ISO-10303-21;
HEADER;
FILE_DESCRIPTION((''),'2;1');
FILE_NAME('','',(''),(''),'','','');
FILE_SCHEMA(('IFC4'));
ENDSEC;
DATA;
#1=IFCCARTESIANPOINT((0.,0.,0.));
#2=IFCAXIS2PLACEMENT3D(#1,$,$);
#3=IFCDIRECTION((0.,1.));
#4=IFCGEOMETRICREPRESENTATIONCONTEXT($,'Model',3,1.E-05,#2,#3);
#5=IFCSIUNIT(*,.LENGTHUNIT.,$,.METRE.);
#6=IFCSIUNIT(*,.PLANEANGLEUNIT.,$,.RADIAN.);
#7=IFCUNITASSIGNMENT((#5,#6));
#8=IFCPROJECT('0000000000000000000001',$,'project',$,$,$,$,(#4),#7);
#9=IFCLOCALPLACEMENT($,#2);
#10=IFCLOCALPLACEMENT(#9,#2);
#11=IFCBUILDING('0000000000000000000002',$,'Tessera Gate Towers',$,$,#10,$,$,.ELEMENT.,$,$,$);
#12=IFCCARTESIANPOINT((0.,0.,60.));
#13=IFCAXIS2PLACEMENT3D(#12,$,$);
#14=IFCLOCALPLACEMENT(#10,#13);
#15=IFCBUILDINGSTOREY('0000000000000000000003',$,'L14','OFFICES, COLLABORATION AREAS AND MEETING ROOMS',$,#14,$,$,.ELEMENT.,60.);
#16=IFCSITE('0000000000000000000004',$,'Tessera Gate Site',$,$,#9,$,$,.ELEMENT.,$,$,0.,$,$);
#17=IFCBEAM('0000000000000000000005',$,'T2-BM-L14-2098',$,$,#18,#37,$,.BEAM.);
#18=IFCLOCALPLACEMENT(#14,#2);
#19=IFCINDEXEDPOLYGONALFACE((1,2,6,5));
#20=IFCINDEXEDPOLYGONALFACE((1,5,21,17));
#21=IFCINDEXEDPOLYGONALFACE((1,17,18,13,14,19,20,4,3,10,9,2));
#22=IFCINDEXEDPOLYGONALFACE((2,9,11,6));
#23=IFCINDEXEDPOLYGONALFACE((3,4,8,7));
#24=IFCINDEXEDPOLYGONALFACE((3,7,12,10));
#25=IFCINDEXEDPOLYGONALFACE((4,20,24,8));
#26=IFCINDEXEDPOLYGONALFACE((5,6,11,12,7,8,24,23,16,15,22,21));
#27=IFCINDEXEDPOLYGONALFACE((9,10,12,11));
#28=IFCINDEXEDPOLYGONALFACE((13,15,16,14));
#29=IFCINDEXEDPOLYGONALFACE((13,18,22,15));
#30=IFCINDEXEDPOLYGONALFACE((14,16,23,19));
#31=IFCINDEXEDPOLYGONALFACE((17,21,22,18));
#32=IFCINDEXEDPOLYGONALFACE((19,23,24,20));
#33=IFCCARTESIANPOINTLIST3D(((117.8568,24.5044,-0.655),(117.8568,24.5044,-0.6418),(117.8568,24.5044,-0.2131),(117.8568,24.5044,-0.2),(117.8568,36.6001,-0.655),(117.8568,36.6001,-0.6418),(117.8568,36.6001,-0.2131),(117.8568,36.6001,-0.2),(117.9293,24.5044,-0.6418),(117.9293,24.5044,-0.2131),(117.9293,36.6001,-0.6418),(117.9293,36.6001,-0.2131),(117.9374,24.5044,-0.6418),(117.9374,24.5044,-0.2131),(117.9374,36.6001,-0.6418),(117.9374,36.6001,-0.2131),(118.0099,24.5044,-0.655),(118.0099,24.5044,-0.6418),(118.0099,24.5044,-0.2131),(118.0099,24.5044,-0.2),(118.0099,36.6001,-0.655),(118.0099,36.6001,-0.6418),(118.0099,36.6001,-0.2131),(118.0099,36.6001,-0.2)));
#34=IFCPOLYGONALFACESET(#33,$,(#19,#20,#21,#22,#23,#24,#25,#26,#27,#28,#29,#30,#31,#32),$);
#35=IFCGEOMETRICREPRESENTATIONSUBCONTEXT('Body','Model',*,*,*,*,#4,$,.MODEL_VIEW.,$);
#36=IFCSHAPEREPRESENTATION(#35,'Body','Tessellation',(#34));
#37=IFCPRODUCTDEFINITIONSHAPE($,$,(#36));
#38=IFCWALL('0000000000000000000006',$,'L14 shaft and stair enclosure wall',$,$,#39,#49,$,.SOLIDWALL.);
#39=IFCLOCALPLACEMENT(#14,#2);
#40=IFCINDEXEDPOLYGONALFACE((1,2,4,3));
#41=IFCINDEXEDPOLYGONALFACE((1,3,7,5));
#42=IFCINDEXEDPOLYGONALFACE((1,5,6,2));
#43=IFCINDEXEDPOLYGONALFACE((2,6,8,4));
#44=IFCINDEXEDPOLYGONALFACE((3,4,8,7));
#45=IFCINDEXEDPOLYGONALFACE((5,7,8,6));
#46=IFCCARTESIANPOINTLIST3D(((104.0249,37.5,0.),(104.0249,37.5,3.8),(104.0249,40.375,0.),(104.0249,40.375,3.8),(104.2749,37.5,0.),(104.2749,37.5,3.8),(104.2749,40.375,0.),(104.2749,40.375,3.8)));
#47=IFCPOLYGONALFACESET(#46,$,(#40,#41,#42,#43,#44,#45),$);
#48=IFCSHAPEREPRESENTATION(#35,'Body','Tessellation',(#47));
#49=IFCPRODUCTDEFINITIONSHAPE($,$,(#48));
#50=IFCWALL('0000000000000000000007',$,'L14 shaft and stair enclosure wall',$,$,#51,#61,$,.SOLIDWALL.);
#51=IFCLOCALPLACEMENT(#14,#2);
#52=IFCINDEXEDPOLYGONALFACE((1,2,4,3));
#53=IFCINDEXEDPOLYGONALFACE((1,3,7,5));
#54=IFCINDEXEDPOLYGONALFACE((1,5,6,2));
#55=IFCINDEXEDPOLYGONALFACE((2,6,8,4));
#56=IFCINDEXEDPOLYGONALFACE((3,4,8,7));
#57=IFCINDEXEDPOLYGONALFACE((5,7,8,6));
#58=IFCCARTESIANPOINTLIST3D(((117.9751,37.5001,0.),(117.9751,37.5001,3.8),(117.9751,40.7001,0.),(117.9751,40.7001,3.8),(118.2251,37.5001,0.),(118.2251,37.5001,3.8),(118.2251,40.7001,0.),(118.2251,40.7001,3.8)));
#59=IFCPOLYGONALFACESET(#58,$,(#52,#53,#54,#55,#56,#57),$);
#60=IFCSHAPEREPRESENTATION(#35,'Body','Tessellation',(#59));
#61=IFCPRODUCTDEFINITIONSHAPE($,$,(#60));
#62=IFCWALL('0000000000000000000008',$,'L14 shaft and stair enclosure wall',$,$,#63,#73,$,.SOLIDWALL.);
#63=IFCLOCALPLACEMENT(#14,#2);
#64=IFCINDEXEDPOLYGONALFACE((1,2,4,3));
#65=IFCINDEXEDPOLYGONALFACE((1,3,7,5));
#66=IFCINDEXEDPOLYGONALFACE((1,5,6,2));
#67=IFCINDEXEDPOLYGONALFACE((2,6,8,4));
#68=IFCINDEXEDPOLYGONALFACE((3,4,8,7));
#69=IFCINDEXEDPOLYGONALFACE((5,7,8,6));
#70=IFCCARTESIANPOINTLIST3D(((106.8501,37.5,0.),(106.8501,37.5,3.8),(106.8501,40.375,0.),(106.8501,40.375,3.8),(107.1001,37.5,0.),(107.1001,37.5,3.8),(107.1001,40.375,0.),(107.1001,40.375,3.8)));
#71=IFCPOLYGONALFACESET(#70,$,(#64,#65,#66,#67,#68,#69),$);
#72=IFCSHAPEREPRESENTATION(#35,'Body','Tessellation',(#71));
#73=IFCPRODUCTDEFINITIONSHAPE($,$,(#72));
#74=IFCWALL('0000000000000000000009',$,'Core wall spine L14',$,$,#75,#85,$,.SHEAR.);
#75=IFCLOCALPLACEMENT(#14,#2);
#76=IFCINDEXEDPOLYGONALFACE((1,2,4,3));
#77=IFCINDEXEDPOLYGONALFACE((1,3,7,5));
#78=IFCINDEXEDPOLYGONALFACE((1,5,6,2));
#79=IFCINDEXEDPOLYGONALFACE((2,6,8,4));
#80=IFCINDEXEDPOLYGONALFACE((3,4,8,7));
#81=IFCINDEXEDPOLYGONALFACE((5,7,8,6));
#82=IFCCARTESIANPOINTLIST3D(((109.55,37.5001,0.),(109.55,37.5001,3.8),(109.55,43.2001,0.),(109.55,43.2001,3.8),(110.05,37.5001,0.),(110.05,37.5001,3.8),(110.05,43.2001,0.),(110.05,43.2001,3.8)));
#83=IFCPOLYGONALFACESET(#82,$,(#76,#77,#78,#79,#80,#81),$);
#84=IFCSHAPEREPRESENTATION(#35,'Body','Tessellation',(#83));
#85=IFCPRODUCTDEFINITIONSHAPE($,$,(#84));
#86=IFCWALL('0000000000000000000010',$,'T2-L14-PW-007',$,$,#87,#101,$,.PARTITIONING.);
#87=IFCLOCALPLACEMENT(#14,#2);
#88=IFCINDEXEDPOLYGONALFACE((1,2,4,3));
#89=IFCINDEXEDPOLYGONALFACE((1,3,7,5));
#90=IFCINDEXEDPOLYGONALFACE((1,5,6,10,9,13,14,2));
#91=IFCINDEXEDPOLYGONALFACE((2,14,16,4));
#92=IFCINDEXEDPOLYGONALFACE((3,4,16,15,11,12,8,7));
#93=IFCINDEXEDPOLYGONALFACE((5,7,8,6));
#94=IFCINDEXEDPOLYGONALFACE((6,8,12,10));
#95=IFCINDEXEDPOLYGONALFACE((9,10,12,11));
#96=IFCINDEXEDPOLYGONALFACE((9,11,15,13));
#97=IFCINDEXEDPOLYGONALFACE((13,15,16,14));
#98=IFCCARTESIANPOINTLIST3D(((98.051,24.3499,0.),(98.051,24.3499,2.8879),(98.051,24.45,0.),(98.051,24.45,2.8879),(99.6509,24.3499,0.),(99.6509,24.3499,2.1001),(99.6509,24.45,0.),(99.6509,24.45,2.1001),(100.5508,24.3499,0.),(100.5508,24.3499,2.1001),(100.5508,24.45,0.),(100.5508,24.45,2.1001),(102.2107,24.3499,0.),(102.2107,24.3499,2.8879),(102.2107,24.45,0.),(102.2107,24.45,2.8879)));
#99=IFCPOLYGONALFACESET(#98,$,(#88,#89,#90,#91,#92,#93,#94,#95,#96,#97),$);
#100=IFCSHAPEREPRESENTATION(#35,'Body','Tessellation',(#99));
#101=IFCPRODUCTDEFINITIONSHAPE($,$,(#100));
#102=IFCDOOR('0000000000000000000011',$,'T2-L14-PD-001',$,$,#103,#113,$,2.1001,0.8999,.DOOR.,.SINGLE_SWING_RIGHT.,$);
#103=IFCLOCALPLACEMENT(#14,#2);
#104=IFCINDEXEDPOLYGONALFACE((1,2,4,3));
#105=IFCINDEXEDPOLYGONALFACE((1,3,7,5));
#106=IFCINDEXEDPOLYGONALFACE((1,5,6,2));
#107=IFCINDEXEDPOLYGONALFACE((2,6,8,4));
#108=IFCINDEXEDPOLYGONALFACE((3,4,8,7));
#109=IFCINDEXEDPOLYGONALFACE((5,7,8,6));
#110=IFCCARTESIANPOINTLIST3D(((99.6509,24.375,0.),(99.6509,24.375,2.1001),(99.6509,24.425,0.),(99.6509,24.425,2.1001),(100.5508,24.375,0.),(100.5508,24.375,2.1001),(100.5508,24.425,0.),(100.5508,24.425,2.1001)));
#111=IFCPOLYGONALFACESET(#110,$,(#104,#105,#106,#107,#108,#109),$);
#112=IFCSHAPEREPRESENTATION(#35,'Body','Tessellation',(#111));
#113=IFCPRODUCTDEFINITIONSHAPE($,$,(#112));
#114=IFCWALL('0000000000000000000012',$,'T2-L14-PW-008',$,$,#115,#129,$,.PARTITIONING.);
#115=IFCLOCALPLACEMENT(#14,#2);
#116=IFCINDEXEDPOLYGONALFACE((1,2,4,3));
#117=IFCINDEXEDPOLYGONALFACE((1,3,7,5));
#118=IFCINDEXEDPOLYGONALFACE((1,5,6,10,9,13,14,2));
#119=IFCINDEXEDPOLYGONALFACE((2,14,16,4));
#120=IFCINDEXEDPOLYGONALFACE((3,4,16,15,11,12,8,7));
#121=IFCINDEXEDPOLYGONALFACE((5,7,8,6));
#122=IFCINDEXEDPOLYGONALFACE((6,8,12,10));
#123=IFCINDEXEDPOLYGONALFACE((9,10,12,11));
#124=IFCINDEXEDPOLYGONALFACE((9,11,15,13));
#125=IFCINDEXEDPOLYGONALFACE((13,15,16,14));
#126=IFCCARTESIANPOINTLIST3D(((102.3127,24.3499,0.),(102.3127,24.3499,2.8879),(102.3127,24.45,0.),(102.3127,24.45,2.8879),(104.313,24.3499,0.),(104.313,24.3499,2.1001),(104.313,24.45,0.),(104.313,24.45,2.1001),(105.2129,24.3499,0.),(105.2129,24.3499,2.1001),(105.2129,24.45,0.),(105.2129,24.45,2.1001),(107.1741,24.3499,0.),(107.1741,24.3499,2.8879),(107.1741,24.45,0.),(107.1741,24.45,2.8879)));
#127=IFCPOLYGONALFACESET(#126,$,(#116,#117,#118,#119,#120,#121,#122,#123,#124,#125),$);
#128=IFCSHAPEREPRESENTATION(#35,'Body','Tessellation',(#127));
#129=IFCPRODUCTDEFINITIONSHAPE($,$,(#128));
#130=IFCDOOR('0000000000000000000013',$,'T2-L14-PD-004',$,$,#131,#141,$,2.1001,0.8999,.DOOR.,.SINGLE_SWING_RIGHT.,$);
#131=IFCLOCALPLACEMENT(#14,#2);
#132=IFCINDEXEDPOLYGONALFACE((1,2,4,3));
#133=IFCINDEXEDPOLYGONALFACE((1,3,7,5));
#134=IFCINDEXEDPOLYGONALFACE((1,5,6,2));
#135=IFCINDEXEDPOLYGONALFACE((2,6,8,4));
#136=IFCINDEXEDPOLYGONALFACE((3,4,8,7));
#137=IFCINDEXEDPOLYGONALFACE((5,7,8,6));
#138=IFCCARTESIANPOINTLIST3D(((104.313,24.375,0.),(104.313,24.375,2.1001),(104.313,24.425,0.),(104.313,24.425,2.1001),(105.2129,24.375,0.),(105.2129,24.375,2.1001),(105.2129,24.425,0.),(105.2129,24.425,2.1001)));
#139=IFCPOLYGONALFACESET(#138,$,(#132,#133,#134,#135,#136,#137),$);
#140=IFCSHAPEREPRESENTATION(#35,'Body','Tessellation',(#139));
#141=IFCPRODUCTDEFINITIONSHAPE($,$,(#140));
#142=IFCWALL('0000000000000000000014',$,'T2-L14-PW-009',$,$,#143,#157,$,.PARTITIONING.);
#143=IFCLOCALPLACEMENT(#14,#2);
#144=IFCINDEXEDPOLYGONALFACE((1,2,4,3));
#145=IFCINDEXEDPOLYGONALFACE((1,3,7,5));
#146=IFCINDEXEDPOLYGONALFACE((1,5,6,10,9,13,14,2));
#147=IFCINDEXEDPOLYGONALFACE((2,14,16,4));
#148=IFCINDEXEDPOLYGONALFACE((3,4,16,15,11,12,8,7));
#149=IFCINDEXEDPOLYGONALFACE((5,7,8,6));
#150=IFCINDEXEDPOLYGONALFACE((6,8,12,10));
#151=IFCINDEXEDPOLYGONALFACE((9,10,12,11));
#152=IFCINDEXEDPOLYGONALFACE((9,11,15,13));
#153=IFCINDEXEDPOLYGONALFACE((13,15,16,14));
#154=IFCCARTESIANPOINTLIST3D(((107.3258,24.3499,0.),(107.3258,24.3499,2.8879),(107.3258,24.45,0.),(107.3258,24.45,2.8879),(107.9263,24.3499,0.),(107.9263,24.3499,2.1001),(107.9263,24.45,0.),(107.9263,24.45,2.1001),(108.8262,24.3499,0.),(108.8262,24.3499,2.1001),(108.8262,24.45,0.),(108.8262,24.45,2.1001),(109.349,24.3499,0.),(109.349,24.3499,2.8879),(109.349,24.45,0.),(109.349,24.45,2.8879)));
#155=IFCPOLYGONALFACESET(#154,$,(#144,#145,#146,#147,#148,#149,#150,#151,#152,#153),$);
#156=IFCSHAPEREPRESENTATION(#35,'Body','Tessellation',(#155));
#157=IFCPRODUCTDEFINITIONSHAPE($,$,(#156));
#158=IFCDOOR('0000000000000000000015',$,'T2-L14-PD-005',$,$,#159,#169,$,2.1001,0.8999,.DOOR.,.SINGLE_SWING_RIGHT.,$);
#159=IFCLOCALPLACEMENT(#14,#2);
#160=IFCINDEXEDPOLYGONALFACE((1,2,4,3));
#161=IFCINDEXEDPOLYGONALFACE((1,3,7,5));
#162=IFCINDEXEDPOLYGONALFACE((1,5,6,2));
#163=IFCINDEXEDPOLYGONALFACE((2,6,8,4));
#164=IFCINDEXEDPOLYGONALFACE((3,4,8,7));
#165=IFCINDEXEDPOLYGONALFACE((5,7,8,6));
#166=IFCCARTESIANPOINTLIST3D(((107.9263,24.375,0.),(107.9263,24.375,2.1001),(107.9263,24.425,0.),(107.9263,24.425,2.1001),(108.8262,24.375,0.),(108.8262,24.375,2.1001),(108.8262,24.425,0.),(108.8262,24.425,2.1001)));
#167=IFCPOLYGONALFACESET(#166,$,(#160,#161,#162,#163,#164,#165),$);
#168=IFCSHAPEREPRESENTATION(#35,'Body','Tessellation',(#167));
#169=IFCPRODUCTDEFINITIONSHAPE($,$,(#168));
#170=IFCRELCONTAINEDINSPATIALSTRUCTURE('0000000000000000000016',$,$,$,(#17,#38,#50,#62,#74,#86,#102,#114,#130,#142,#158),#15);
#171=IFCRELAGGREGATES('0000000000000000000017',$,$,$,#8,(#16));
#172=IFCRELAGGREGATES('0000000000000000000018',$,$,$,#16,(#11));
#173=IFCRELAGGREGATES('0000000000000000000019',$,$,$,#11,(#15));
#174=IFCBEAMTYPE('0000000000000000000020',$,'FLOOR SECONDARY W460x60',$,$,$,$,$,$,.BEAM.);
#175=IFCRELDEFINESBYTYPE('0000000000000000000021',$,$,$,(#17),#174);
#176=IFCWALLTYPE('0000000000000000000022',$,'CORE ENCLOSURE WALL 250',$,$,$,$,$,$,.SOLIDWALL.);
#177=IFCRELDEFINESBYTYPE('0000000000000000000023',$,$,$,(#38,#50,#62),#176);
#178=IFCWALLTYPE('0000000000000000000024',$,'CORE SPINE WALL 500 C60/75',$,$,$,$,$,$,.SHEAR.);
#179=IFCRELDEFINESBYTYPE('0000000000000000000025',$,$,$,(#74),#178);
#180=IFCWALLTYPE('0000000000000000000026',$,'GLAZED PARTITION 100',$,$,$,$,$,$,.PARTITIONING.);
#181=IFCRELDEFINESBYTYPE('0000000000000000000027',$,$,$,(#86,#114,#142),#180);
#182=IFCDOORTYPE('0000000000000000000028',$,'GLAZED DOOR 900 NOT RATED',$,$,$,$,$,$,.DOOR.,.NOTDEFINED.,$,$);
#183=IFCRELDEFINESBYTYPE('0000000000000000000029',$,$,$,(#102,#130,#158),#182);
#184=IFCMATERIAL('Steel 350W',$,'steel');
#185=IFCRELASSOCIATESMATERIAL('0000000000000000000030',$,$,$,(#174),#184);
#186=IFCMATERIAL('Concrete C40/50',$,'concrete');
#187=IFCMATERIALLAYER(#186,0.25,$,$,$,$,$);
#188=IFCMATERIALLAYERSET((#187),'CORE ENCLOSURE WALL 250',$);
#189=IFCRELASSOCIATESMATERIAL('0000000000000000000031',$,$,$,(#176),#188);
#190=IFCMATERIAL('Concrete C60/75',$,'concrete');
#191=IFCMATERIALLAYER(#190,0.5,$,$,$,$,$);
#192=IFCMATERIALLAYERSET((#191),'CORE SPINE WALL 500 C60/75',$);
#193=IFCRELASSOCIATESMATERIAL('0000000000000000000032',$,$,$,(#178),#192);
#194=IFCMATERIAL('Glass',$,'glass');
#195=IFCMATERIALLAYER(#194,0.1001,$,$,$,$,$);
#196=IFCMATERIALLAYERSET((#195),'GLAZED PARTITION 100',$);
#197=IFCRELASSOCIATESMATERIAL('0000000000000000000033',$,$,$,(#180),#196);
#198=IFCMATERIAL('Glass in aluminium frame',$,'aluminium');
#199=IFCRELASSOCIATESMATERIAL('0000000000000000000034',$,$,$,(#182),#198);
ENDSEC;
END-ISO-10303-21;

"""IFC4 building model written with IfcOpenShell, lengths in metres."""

from ifc_helpers import new_model, si_unit, direction, frame, frame_2d, origin, origin_2d, place, context, subcontext, project, spatial, rectangle, i_section, extrude, source, transform, mapped, material, layer, layer_set, material_profile, profile_set, type_object, element, fill, save


model = new_model("IFC4")

# Units and contexts
model_context = context("Model", 3, precision=1e-05, world=origin(), true_north=direction((0.0, 1.0)))
body_context = subcontext(model_context, "Body", "Model", "MODEL_VIEW")
ifc_project = project(units=[si_unit("LENGTHUNIT", "METRE"), si_unit("PLANEANGLEUNIT", "RADIAN")], contexts=[model_context])

# Site, building, storey
site_placement = place(None, origin())
site = spatial("IfcSite", under=ifc_project, at=site_placement, Name="Tessera Gate Site", CompositionType="ELEMENT", RefElevation=0.0)
building_placement = place(site_placement, origin())
building = spatial("IfcBuilding", under=site, at=building_placement, Name="Tessera Gate Towers", CompositionType="ELEMENT")
storey_placement = place(building_placement, frame((0.0, 0.0, 60.0)))
storey = spatial("IfcBuildingStorey", under=building, at=storey_placement, Name="L14", Description="OFFICES, COLLABORATION AREAS AND MEETING ROOMS", CompositionType="ELEMENT", Elevation=60.0)

# Beam
ifc_material_1 = material(Name="Steel 350W", Category="steel")
ifc_material_profile_1 = material_profile(ifc_material_1, i_section(OverallWidth=0.1531, OverallDepth=0.4551, WebThickness=0.0081, FlangeThickness=0.0132, at=origin_2d()), Name="W460x60")
ifc_profile_set_1 = profile_set([ifc_material_profile_1], Name="Steel 350W")
beam_type_1 = type_object("IfcBeamType", Name="FLOOR SECONDARY W460x60", PredefinedType="BEAM", material=ifc_profile_set_1)
beam_1_placement = place(storey_placement, frame((117.9333, 24.5044, -0.4275), z_axis=(0.0, 1.0, 0.0), x_axis=(-1.0, 0.0, 0.0)))
element("IfcBeam", 1, at=beam_1_placement, inside=storey, type_object=beam_type_1, Name="T2-BM-L14-2098", PredefinedType="BEAM", context=body_context, shape_type="SweptSolid", body=[
    extrude(i_section(OverallWidth=0.1531, OverallDepth=0.4551, WebThickness=0.0081, FlangeThickness=0.0132, at=origin_2d()), origin(), (0.0, 0.0, 1.0), 12.0957),
])

# Walls
ifc_material_2 = material(Name="Concrete C40/50", Category="concrete")
ifc_layer_1 = layer(ifc_material_2, 0.25)
ifc_layer_set_1 = layer_set([ifc_layer_1], Name="CORE ENCLOSURE WALL 250")
wall_type_1 = type_object("IfcWallType", Name="CORE ENCLOSURE WALL 250", PredefinedType="SOLIDWALL", material=ifc_layer_set_1)
wall_1_placement = place(storey_placement, frame((104.1499, 37.5, 0.0), z_axis=(0.0, 0.0, 1.0), x_axis=(0.0, 1.0, 0.0)))
element("IfcWall", 2, at=wall_1_placement, inside=storey, type_object=wall_type_1, Name="L14 shaft and stair enclosure wall", PredefinedType="SOLIDWALL", context=body_context, shape_type="SweptSolid", body=[
    extrude(rectangle(XDim=2.875, YDim=0.25, at=frame_2d((1.4375, 0.0))), origin(), (0.0, 0.0, 1.0), 3.8),
])
wall_2_placement = place(storey_placement, frame((118.1001, 37.5, 0.0), z_axis=(0.0, 0.0, 1.0), x_axis=(0.0, 1.0, 0.0)))
element("IfcWall", 3, at=wall_2_placement, inside=storey, type_object=wall_type_1, Name="L14 shaft and stair enclosure wall", PredefinedType="SOLIDWALL", context=body_context, shape_type="SweptSolid", body=[
    extrude(rectangle(XDim=3.2, YDim=0.25, at=frame_2d((1.6001, 0.0))), origin(), (0.0, 0.0, 1.0), 3.8),
])
wall_3_placement = place(storey_placement, frame((106.9751, 37.5, 0.0), z_axis=(0.0, 0.0, 1.0), x_axis=(0.0, 1.0, 0.0)))
element("IfcWall", 4, at=wall_3_placement, inside=storey, type_object=wall_type_1, Name="L14 shaft and stair enclosure wall", PredefinedType="SOLIDWALL", context=body_context, shape_type="SweptSolid", body=[
    extrude(rectangle(XDim=2.875, YDim=0.25, at=frame_2d((1.4375, 0.0))), origin(), (0.0, 0.0, 1.0), 3.8),
])
ifc_material_3 = material(Name="Concrete C60/75", Category="concrete")
ifc_layer_2 = layer(ifc_material_3, 0.5)
ifc_layer_set_2 = layer_set([ifc_layer_2], Name="CORE SPINE WALL 500 C60/75")
wall_type_2 = type_object("IfcWallType", Name="CORE SPINE WALL 500 C60/75", PredefinedType="SHEAR", material=ifc_layer_set_2)
wall_4_placement = place(storey_placement, frame((109.8, 37.5, 0.0), z_axis=(0.0, 0.0, 1.0), x_axis=(0.0, 1.0, 0.0)))
element("IfcWall", 5, at=wall_4_placement, inside=storey, type_object=wall_type_2, Name="Core wall spine L14", PredefinedType="SHEAR", context=body_context, shape_type="SweptSolid", body=[
    extrude(rectangle(XDim=5.7, YDim=0.5, at=frame_2d((2.8501, 0.0))), origin(), (0.0, 0.0, 1.0), 3.8),
])

# Walls, openings, doors
ifc_material_4 = material(Name="Glass", Category="glass")
ifc_layer_3 = layer(ifc_material_4, 0.1001)
ifc_layer_set_3 = layer_set([ifc_layer_3], Name="GLAZED PARTITION 100")
wall_type_3 = type_object("IfcWallType", Name="GLAZED PARTITION 100", PredefinedType="PARTITIONING", material=ifc_layer_set_3)
wall_5_placement = place(storey_placement, frame((102.2107, 24.3999, 0.0), z_axis=(0.0, 0.0, 1.0), x_axis=(-1.0, 0.0, 0.0)))
wall_5 = element("IfcWall", 6, at=wall_5_placement, inside=storey, type_object=wall_type_3, Name="T2-L14-PW-007", PredefinedType="PARTITIONING", context=body_context, shape_type="SweptSolid", body=[
    extrude(rectangle(XDim=4.1597, YDim=0.1001, at=frame_2d((2.0798, 0.0))), origin(), (0.0, 0.0, 1.0), 2.8879),
])
shared_shape_1 = source(origin(), body_context, "Body", "SweptSolid", [
    extrude(rectangle(XDim=0.8999, YDim=2.1001, at=frame_2d((0.45, 1.05))), frame((0.0, 0.0601, 0.0), z_axis=(0.0, -1.0, 0.0), x_axis=(1.0, 0.0, 0.0)), (0.0, 0.0, 1.0), 0.1201),
])
opening_1_placement = place(wall_5_placement, frame((1.6599, 0.0, 0.0)))
opening_1 = element("IfcOpeningElement", 7, at=opening_1_placement, cuts=wall_5, PredefinedType="OPENING", context=body_context, shape_type="MappedRepresentation", body=[
    mapped(shared_shape_1, transform((0.0, 0.0, 0.0), scale=1.0)),
])
ifc_material_5 = material(Name="Glass in aluminium frame", Category="aluminium")
door_type = type_object("IfcDoorType", Name="GLAZED DOOR 900 NOT RATED", OperationType="NOTDEFINED", PredefinedType="DOOR", material=ifc_material_5)
shared_shape_2 = source(origin(), body_context, "Body", "SweptSolid", [
    extrude(rectangle(XDim=0.8999, YDim=2.1001, at=frame_2d((0.45, 1.05))), frame((0.0, 0.0249, 0.0), z_axis=(0.0, -1.0, 0.0), x_axis=(1.0, 0.0, 0.0)), (0.0, 0.0, 1.0), 0.05),
])
door_1_placement = place(opening_1_placement, origin())
door_1 = element("IfcDoor", 8, at=door_1_placement, inside=storey, type_object=door_type, Name="T2-L14-PD-001", OperationType="SINGLE_SWING_RIGHT", OverallHeight=2.1001, OverallWidth=0.8999, PredefinedType="DOOR", context=body_context, shape_type="MappedRepresentation", body=[
    mapped(shared_shape_2, transform((0.0, 0.0, 0.0), scale=1.0)),
])
fill(opening_1, door_1)
wall_6_placement = place(storey_placement, frame((107.1741, 24.3999, 0.0), z_axis=(0.0, 0.0, 1.0), x_axis=(-1.0, 0.0, 0.0)))
wall_6 = element("IfcWall", 9, at=wall_6_placement, inside=storey, type_object=wall_type_3, Name="T2-L14-PW-008", PredefinedType="PARTITIONING", context=body_context, shape_type="SweptSolid", body=[
    extrude(rectangle(XDim=4.8613, YDim=0.1001, at=frame_2d((2.4307, 0.0))), origin(), (0.0, 0.0, 1.0), 2.8879),
])
opening_2_placement = place(wall_6_placement, frame((1.9612, 0.0, 0.0)))
opening_2 = element("IfcOpeningElement", 10, at=opening_2_placement, cuts=wall_6, PredefinedType="OPENING", context=body_context, shape_type="MappedRepresentation", body=[
    mapped(shared_shape_1, transform((0.0, 0.0, 0.0), scale=1.0)),
])
door_2_placement = place(opening_2_placement, origin())
door_2 = element("IfcDoor", 11, at=door_2_placement, inside=storey, type_object=door_type, Name="T2-L14-PD-004", OperationType="SINGLE_SWING_RIGHT", OverallHeight=2.1001, OverallWidth=0.8999, PredefinedType="DOOR", context=body_context, shape_type="MappedRepresentation", body=[
    mapped(shared_shape_2, transform((0.0, 0.0, 0.0), scale=1.0)),
])
fill(opening_2, door_2)
wall_7_placement = place(storey_placement, frame((109.3491, 24.3999, 0.0), z_axis=(0.0, 0.0, 1.0), x_axis=(-1.0, 0.0, 0.0)))
wall_7 = element("IfcWall", 12, at=wall_7_placement, inside=storey, type_object=wall_type_3, Name="T2-L14-PW-009", PredefinedType="PARTITIONING", context=body_context, shape_type="SweptSolid", body=[
    extrude(rectangle(XDim=2.0232, YDim=0.1001, at=frame_2d((1.0117, 0.0))), origin(), (0.0, 0.0, 1.0), 2.8879),
])
opening_3_placement = place(wall_7_placement, frame((0.5229, 0.0, 0.0)))
opening_3 = element("IfcOpeningElement", 13, at=opening_3_placement, cuts=wall_7, PredefinedType="OPENING", context=body_context, shape_type="MappedRepresentation", body=[
    mapped(shared_shape_1, transform((0.0, 0.0, 0.0), scale=1.0)),
])
door_3_placement = place(opening_3_placement, origin())
door_3 = element("IfcDoor", 14, at=door_3_placement, inside=storey, type_object=door_type, Name="T2-L14-PD-005", OperationType="SINGLE_SWING_RIGHT", OverallHeight=2.1001, OverallWidth=0.8999, PredefinedType="DOOR", context=body_context, shape_type="MappedRepresentation", body=[
    mapped(shared_shape_2, transform((0.0, 0.0, 0.0), scale=1.0)),
])
fill(opening_3, door_3)

save(model, "model.ifc")
